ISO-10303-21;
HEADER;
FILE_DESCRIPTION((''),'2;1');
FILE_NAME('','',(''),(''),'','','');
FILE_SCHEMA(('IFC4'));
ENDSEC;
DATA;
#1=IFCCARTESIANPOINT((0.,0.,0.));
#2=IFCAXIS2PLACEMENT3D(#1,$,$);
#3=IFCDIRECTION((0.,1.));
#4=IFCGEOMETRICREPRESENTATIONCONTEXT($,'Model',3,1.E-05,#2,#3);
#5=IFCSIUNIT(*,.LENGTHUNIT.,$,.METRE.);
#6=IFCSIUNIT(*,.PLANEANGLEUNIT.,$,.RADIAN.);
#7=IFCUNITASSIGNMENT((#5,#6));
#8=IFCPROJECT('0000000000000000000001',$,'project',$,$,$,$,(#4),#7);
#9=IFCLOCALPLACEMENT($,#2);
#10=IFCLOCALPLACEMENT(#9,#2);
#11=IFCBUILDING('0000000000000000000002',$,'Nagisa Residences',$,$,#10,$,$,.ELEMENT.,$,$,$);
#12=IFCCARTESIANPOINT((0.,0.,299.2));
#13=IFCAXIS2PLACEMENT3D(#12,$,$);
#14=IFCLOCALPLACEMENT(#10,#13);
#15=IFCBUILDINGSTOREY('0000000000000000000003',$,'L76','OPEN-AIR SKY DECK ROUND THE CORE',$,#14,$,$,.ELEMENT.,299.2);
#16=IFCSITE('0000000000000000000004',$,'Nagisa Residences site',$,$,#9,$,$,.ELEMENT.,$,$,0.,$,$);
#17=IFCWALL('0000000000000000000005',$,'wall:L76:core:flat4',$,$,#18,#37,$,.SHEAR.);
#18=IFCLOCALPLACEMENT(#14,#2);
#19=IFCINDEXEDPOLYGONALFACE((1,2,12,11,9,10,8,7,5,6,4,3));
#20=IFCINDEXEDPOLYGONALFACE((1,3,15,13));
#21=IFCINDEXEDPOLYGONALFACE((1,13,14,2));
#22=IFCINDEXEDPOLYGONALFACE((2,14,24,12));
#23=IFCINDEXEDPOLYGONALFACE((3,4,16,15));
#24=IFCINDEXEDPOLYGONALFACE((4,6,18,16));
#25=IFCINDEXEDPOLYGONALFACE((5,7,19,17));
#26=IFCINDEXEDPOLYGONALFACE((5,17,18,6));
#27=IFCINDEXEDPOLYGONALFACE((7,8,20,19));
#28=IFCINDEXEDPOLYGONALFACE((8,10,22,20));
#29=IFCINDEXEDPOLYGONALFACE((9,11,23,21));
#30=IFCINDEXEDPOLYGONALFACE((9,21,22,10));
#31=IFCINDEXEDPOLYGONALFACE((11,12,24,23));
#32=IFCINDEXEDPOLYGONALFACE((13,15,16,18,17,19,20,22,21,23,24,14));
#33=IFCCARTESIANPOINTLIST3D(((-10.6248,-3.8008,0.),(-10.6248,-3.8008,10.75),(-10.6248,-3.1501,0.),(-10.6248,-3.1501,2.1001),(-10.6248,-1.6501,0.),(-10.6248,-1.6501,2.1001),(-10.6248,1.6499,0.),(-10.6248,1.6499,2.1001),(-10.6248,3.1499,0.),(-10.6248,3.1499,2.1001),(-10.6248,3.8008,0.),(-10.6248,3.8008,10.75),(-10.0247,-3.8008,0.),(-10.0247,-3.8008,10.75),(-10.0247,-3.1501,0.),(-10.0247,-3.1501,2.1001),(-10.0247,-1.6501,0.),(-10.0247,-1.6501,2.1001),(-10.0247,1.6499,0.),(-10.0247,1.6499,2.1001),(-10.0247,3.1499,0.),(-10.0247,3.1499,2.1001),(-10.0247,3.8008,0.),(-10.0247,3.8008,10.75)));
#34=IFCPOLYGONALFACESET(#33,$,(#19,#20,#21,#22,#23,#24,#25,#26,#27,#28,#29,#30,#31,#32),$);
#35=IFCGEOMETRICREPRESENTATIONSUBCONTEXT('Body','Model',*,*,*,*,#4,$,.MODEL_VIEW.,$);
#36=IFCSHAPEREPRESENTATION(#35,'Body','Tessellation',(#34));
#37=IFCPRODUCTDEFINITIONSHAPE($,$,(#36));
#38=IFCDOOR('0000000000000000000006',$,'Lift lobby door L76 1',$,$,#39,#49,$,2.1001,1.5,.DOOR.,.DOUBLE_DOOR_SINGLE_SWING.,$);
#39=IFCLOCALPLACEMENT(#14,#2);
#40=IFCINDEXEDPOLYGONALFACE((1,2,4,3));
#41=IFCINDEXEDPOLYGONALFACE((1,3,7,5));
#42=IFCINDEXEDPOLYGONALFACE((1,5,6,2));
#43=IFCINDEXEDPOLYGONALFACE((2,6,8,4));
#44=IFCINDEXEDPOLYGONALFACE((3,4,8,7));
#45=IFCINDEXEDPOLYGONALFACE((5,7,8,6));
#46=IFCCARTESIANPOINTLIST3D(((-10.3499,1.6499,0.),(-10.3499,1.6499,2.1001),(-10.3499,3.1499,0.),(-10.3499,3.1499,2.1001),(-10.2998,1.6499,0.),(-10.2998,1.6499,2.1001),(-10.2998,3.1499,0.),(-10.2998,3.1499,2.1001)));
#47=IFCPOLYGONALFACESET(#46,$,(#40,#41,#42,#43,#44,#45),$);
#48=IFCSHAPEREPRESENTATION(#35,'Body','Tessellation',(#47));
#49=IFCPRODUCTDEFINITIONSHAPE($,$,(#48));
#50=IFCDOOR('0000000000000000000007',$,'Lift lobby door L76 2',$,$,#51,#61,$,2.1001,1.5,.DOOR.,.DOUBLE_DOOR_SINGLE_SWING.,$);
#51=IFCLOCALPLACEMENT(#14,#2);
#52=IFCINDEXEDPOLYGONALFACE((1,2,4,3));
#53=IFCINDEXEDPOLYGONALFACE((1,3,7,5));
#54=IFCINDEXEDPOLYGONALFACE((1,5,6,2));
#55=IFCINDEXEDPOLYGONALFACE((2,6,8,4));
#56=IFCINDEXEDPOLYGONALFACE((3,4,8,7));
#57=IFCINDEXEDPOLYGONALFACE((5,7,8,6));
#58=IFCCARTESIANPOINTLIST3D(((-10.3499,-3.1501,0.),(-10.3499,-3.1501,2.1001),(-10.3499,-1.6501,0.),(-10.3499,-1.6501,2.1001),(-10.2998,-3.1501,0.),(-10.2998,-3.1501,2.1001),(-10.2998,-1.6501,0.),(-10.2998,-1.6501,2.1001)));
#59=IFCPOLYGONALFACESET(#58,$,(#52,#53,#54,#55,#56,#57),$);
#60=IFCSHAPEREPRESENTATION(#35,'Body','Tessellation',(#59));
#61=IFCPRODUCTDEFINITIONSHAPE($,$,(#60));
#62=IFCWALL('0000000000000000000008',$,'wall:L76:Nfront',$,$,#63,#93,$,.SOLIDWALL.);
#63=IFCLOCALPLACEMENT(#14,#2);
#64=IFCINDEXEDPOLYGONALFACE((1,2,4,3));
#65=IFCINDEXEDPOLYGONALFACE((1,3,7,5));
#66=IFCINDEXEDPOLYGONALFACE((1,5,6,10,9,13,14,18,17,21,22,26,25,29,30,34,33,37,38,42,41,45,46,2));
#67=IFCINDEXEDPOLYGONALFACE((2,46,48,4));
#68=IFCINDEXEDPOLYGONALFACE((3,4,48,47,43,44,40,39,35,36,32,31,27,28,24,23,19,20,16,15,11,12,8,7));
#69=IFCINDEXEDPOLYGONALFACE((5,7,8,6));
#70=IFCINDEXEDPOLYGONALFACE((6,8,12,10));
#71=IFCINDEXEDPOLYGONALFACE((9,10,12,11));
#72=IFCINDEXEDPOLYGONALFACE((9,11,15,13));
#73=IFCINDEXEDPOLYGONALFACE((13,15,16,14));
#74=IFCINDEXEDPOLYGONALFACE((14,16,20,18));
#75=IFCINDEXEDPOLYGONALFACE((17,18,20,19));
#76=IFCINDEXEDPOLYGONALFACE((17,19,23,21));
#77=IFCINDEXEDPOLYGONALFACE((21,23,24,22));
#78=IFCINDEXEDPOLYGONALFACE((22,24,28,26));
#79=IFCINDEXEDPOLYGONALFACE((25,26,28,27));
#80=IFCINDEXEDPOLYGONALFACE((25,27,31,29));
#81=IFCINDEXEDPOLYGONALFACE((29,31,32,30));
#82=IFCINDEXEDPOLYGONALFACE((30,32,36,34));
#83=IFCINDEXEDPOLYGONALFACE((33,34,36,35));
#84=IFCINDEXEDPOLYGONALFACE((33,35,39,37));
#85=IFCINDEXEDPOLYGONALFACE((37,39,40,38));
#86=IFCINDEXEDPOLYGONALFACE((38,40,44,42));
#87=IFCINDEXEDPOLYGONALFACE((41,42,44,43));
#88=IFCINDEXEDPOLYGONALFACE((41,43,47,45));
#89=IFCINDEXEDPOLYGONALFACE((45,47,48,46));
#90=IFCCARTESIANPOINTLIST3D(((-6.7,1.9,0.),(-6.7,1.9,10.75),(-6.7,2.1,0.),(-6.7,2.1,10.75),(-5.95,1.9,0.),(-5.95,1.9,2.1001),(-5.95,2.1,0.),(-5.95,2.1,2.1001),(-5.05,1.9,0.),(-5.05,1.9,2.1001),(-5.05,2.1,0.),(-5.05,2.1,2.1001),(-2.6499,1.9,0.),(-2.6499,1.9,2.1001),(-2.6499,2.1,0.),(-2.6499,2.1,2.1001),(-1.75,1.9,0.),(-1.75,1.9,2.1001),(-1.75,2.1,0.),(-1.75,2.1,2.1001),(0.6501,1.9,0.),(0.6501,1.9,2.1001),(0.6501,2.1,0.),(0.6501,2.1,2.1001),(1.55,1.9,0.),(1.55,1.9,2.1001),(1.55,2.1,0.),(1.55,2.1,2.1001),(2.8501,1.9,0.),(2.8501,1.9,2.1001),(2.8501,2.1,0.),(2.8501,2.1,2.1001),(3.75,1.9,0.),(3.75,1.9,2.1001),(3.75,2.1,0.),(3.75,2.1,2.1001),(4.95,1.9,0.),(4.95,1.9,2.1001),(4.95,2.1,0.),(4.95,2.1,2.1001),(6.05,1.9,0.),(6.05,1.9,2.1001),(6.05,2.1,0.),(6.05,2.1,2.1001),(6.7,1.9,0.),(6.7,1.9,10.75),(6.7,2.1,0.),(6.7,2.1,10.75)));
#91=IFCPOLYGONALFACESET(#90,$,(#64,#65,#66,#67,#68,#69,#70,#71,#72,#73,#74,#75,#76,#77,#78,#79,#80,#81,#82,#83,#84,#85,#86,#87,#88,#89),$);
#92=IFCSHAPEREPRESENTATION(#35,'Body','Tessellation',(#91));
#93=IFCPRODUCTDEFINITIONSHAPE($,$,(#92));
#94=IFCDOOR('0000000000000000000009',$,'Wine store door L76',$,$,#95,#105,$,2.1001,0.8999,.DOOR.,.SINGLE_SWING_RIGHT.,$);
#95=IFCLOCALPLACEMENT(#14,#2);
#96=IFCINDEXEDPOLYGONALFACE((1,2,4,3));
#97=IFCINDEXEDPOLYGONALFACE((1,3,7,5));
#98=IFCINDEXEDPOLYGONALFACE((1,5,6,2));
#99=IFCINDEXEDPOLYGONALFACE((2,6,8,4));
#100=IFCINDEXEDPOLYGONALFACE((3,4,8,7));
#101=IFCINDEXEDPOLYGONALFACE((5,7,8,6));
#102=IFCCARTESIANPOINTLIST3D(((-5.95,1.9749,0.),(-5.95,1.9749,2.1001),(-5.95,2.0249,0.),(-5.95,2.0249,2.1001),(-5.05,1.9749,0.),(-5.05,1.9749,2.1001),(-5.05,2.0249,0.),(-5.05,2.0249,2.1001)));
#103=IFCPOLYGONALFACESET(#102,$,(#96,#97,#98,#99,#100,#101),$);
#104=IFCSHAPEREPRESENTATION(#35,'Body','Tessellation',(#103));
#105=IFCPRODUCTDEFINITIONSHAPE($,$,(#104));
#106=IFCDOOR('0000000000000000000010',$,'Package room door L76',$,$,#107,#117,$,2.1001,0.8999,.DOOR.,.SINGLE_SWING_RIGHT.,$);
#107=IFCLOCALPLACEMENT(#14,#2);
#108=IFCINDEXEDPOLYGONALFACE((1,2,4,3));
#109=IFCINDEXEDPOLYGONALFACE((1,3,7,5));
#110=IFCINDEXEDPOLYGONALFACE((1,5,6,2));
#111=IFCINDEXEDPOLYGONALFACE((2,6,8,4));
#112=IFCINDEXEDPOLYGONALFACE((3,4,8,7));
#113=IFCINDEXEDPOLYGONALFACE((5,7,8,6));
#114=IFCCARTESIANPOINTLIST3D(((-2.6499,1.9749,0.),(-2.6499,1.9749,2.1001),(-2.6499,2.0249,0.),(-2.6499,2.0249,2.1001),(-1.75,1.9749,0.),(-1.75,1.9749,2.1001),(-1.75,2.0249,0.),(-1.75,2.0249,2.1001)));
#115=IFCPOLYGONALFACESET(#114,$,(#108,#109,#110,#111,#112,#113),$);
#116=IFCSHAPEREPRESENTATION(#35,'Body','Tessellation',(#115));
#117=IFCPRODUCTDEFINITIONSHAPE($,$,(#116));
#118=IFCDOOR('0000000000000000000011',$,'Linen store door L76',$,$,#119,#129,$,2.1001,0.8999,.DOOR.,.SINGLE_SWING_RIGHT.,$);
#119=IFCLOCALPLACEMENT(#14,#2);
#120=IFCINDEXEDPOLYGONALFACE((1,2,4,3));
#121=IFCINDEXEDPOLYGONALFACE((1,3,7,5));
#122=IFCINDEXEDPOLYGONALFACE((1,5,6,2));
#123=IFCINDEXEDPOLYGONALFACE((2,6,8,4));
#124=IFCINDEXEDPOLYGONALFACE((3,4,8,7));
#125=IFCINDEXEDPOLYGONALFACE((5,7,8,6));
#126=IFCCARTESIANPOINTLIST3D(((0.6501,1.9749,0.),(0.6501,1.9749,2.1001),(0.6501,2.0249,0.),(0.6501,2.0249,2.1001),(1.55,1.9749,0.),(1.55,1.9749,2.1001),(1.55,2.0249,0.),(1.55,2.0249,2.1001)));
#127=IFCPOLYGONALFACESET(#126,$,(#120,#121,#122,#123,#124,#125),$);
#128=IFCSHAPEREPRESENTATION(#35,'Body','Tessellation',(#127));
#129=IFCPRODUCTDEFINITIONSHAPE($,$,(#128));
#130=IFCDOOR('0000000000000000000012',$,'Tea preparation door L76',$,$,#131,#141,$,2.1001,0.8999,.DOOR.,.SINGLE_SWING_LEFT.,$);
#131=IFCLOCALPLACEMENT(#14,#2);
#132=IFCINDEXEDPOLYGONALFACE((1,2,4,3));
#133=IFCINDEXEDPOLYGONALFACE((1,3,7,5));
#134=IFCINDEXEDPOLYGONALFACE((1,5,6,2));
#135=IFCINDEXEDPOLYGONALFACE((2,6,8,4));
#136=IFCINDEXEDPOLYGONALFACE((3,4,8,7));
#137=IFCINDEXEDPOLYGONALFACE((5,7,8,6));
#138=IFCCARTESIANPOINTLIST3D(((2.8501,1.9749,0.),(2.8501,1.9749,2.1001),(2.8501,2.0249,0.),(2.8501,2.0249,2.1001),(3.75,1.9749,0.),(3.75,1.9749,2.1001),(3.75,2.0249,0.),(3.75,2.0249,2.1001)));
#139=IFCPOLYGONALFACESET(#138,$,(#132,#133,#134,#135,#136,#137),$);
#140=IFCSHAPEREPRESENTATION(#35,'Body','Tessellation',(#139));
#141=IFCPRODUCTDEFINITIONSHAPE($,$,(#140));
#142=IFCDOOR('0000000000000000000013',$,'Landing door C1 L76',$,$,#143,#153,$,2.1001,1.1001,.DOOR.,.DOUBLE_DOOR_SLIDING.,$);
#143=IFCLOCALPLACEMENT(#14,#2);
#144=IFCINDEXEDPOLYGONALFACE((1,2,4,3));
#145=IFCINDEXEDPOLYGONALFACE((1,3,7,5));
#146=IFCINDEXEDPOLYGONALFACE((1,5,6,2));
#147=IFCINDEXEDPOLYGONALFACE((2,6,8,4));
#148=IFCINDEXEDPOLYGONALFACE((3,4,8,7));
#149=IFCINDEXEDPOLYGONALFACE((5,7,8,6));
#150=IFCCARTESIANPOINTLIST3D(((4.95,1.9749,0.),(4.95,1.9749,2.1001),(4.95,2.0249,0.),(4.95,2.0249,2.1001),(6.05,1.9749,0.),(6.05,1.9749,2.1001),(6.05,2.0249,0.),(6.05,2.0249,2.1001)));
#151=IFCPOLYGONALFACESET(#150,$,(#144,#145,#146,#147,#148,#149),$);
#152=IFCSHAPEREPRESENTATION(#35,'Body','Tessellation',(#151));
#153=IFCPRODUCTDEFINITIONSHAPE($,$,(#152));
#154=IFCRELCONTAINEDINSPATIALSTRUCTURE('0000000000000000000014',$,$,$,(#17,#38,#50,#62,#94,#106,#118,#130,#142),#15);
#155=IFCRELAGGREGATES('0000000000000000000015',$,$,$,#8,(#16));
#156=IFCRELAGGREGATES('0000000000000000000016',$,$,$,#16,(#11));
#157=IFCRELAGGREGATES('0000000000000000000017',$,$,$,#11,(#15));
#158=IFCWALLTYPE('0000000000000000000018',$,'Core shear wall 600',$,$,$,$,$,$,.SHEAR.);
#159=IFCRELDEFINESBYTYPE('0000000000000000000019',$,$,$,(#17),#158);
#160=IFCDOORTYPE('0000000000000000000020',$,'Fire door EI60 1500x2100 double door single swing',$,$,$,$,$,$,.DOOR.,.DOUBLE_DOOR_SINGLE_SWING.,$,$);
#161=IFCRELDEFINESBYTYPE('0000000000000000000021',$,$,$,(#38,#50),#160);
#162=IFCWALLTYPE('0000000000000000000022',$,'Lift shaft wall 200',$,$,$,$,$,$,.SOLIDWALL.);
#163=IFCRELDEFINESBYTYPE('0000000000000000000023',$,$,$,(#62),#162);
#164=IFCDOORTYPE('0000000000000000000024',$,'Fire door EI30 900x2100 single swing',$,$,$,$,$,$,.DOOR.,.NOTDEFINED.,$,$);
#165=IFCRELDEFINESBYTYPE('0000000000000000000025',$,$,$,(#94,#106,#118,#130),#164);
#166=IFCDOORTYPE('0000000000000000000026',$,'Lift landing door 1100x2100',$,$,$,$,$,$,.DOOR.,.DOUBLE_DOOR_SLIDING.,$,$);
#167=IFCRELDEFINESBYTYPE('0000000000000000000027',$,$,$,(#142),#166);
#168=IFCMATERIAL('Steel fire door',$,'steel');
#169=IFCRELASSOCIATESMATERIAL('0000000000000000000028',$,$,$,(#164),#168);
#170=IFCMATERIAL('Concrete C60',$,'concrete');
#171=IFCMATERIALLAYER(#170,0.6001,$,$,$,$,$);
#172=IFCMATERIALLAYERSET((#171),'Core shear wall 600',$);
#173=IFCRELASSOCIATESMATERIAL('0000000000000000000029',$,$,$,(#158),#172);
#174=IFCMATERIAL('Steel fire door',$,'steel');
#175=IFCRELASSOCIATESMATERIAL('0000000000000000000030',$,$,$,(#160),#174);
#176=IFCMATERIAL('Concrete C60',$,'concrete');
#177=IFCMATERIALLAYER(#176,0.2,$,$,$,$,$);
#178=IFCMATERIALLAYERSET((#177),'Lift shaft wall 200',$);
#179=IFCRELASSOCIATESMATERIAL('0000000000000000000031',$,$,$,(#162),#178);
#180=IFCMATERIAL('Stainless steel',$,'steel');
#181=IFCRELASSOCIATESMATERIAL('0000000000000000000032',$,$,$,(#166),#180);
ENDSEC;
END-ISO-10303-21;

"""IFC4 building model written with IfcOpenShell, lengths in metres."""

from ifc_helpers import new_model, si_unit, direction, frame, frame_2d, origin, place, context, subcontext, project, spatial, rectangle, extrude, material, layer, layer_set, type_object, element, fill, save


model = new_model("IFC4")

# Units and contexts
model_context = context("Model", 3, precision=1e-05, world=origin(), true_north=direction((0.0, 1.0)))
body_context = subcontext(model_context, "Body", "Model", "MODEL_VIEW")
ifc_project = project(units=[si_unit("LENGTHUNIT", "METRE"), si_unit("PLANEANGLEUNIT", "RADIAN")], contexts=[model_context])

# Site, building, storey
site_placement = place(None, origin())
site = spatial("IfcSite", under=ifc_project, at=site_placement, Name="Nagisa Residences site", CompositionType="ELEMENT", RefElevation=0.0)
building_placement = place(site_placement, origin())
building = spatial("IfcBuilding", under=site, at=building_placement, Name="Nagisa Residences", CompositionType="ELEMENT")
storey_placement = place(building_placement, frame((0.0, 0.0, 299.2)))
storey = spatial("IfcBuildingStorey", under=building, at=storey_placement, Name="L76", Description="OPEN-AIR SKY DECK ROUND THE CORE", CompositionType="ELEMENT", Elevation=299.2)

# Shared definitions
ifc_material_1 = material(Name="Steel fire door", Category="steel")
door_type_1 = type_object("IfcDoorType", Name="Fire door EI30 900x2100 single swing", OperationType="NOTDEFINED", PredefinedType="DOOR", material=ifc_material_1)

# Walls, openings, doors
ifc_material_2 = material(Name="Concrete C60", Category="concrete")
ifc_layer_1 = layer(ifc_material_2, 0.6001)
ifc_layer_set_1 = layer_set([ifc_layer_1], Name="Core shear wall 600")
wall_type_1 = type_object("IfcWallType", Name="Core shear wall 600", PredefinedType="SHEAR", material=ifc_layer_set_1)
wall_1_placement = place(storey_placement, frame((-10.3247, 3.8008, 0.0), z_axis=(0.0, 0.0, 1.0), x_axis=(0.0, -1.0, 0.0)))
wall_1 = element("IfcWall", 1, at=wall_1_placement, inside=storey, type_object=wall_type_1, Name="wall:L76:core:flat4", PredefinedType="SHEAR", context=body_context, shape_type="SweptSolid", body=[
    extrude(rectangle(XDim=7.6016, YDim=0.6001, at=frame_2d((3.8008, 0.0))), origin(), (0.0, 0.0, 1.0), 10.75),
])
opening_1_placement = place(wall_1_placement, frame((0.6509, 0.0, 0.0)))
opening_1 = element("IfcOpeningElement", 2, at=opening_1_placement, cuts=wall_1, PredefinedType="OPENING", context=body_context, shape_type="SweptSolid", body=[
    extrude(rectangle(XDim=1.5, YDim=2.1001, at=frame_2d((0.75, 1.05))), frame((0.0, 0.3101, 0.0), z_axis=(0.0, -1.0, 0.0), x_axis=(1.0, 0.0, 0.0)), (0.0, 0.0, 1.0), 0.6201),
])
opening_2_placement = place(wall_1_placement, frame((5.4509, 0.0, 0.0)))
opening_2 = element("IfcOpeningElement", 3, at=opening_2_placement, cuts=wall_1, PredefinedType="OPENING", context=body_context, shape_type="SweptSolid", body=[
    extrude(rectangle(XDim=1.5, YDim=2.1001, at=frame_2d((0.75, 1.05))), frame((0.0, 0.3101, 0.0), z_axis=(0.0, -1.0, 0.0), x_axis=(1.0, 0.0, 0.0)), (0.0, 0.0, 1.0), 0.6201),
])
ifc_material_3 = material(Name="Steel fire door", Category="steel")
door_type_2 = type_object("IfcDoorType", Name="Fire door EI60 1500x2100 double door single swing", OperationType="DOUBLE_DOOR_SINGLE_SWING", PredefinedType="DOOR", material=ifc_material_3)
door_1_placement = place(opening_1_placement, origin())
door_1 = element("IfcDoor", 4, at=door_1_placement, inside=storey, type_object=door_type_2, Name="Lift lobby door L76 1", OperationType="DOUBLE_DOOR_SINGLE_SWING", OverallHeight=2.1001, OverallWidth=1.5, PredefinedType="DOOR", context=body_context, shape_type="SweptSolid", body=[
    extrude(rectangle(XDim=1.5, YDim=2.1001, at=frame_2d((0.75, 1.05))), frame((0.0, 0.0249, 0.0), z_axis=(0.0, -1.0, 0.0), x_axis=(1.0, 0.0, 0.0)), (0.0, 0.0, 1.0), 0.05),
])
fill(opening_1, door_1)
door_2_placement = place(opening_2_placement, origin())
door_2 = element("IfcDoor", 5, at=door_2_placement, inside=storey, type_object=door_type_2, Name="Lift lobby door L76 2", OperationType="DOUBLE_DOOR_SINGLE_SWING", OverallHeight=2.1001, OverallWidth=1.5, PredefinedType="DOOR", context=body_context, shape_type="SweptSolid", body=[
    extrude(rectangle(XDim=1.5, YDim=2.1001, at=frame_2d((0.75, 1.05))), frame((0.0, 0.0249, 0.0), z_axis=(0.0, -1.0, 0.0), x_axis=(1.0, 0.0, 0.0)), (0.0, 0.0, 1.0), 0.05),
])
fill(opening_2, door_2)
ifc_material_4 = material(Name="Concrete C60", Category="concrete")
ifc_layer_2 = layer(ifc_material_4, 0.2)
ifc_layer_set_2 = layer_set([ifc_layer_2], Name="Lift shaft wall 200")
wall_type_2 = type_object("IfcWallType", Name="Lift shaft wall 200", PredefinedType="SOLIDWALL", material=ifc_layer_set_2)
wall_2_placement = place(storey_placement, frame((-6.7, 2.0, 0.0), z_axis=(0.0, 0.0, 1.0), x_axis=(1.0, 0.0, 0.0)))
wall_2 = element("IfcWall", 6, at=wall_2_placement, inside=storey, type_object=wall_type_2, Name="wall:L76:Nfront", PredefinedType="SOLIDWALL", context=body_context, shape_type="SweptSolid", body=[
    extrude(rectangle(XDim=13.3999, YDim=0.2, at=frame_2d((6.7, 0.0))), origin(), (0.0, 0.0, 1.0), 10.75),
])
opening_3_placement = place(wall_2_placement, frame((11.6499, 0.0, 0.0)))
opening_3 = element("IfcOpeningElement", 7, at=opening_3_placement, cuts=wall_2, PredefinedType="OPENING", context=body_context, shape_type="SweptSolid", body=[
    extrude(rectangle(XDim=1.1001, YDim=2.1001, at=frame_2d((0.55, 1.05))), frame((0.0, 0.1099, 0.0), z_axis=(0.0, -1.0, 0.0), x_axis=(1.0, 0.0, 0.0)), (0.0, 0.0, 1.0), 0.22),
])
opening_4_placement = place(wall_2_placement, frame((0.75, 0.0, 0.0)))
opening_4 = element("IfcOpeningElement", 8, at=opening_4_placement, cuts=wall_2, PredefinedType="OPENING", context=body_context, shape_type="SweptSolid", body=[
    extrude(rectangle(XDim=0.8999, YDim=2.1001, at=frame_2d((0.45, 1.05))), frame((0.0, 0.1099, 0.0), z_axis=(0.0, -1.0, 0.0), x_axis=(1.0, 0.0, 0.0)), (0.0, 0.0, 1.0), 0.22),
])
opening_5_placement = place(wall_2_placement, frame((4.05, 0.0, 0.0)))
opening_5 = element("IfcOpeningElement", 9, at=opening_5_placement, cuts=wall_2, PredefinedType="OPENING", context=body_context, shape_type="SweptSolid", body=[
    extrude(rectangle(XDim=0.8999, YDim=2.1001, at=frame_2d((0.45, 1.05))), frame((0.0, 0.1099, 0.0), z_axis=(0.0, -1.0, 0.0), x_axis=(1.0, 0.0, 0.0)), (0.0, 0.0, 1.0), 0.22),
])
opening_6_placement = place(wall_2_placement, frame((7.3501, 0.0, 0.0)))
opening_6 = element("IfcOpeningElement", 10, at=opening_6_placement, cuts=wall_2, PredefinedType="OPENING", context=body_context, shape_type="SweptSolid", body=[
    extrude(rectangle(XDim=0.8999, YDim=2.1001, at=frame_2d((0.45, 1.05))), frame((0.0, 0.1099, 0.0), z_axis=(0.0, -1.0, 0.0), x_axis=(1.0, 0.0, 0.0)), (0.0, 0.0, 1.0), 0.22),
])
opening_7_placement = place(wall_2_placement, frame((9.55, 0.0, 0.0)))
opening_7 = element("IfcOpeningElement", 11, at=opening_7_placement, cuts=wall_2, PredefinedType="OPENING", context=body_context, shape_type="SweptSolid", body=[
    extrude(rectangle(XDim=0.8999, YDim=2.1001, at=frame_2d((0.45, 1.05))), frame((0.0, 0.1099, 0.0), z_axis=(0.0, -1.0, 0.0), x_axis=(1.0, 0.0, 0.0)), (0.0, 0.0, 1.0), 0.22),
])
door_3_placement = place(opening_4_placement, origin())
door_3 = element("IfcDoor", 12, at=door_3_placement, inside=storey, type_object=door_type_1, Name="Wine store door L76", OperationType="SINGLE_SWING_RIGHT", OverallHeight=2.1001, OverallWidth=0.8999, PredefinedType="DOOR", context=body_context, shape_type="SweptSolid", body=[
    extrude(rectangle(XDim=0.8999, YDim=2.1001, at=frame_2d((0.45, 1.05))), frame((0.0, 0.0249, 0.0), z_axis=(0.0, -1.0, 0.0), x_axis=(1.0, 0.0, 0.0)), (0.0, 0.0, 1.0), 0.05),
])
fill(opening_4, door_3)
door_4_placement = place(opening_5_placement, origin())
door_4 = element("IfcDoor", 13, at=door_4_placement, inside=storey, type_object=door_type_1, Name="Package room door L76", OperationType="SINGLE_SWING_RIGHT", OverallHeight=2.1001, OverallWidth=0.8999, PredefinedType="DOOR", context=body_context, shape_type="SweptSolid", body=[
    extrude(rectangle(XDim=0.8999, YDim=2.1001, at=frame_2d((0.45, 1.05))), frame((0.0, 0.0249, 0.0), z_axis=(0.0, -1.0, 0.0), x_axis=(1.0, 0.0, 0.0)), (0.0, 0.0, 1.0), 0.05),
])
fill(opening_5, door_4)
door_5_placement = place(opening_6_placement, origin())
door_5 = element("IfcDoor", 14, at=door_5_placement, inside=storey, type_object=door_type_1, Name="Linen store door L76", OperationType="SINGLE_SWING_RIGHT", OverallHeight=2.1001, OverallWidth=0.8999, PredefinedType="DOOR", context=body_context, shape_type="SweptSolid", body=[
    extrude(rectangle(XDim=0.8999, YDim=2.1001, at=frame_2d((0.45, 1.05))), frame((0.0, 0.0249, 0.0), z_axis=(0.0, -1.0, 0.0), x_axis=(1.0, 0.0, 0.0)), (0.0, 0.0, 1.0), 0.05),
])
fill(opening_6, door_5)
door_6_placement = place(opening_7_placement, origin())
door_6 = element("IfcDoor", 15, at=door_6_placement, inside=storey, type_object=door_type_1, Name="Tea preparation door L76", OperationType="SINGLE_SWING_LEFT", OverallHeight=2.1001, OverallWidth=0.8999, PredefinedType="DOOR", context=body_context, shape_type="SweptSolid", body=[
    extrude(rectangle(XDim=0.8999, YDim=2.1001, at=frame_2d((0.45, 1.05))), frame((0.0, 0.0249, 0.0), z_axis=(0.0, -1.0, 0.0), x_axis=(1.0, 0.0, 0.0)), (0.0, 0.0, 1.0), 0.05),
])
fill(opening_7, door_6)
ifc_material_5 = material(Name="Stainless steel", Category="steel")
door_type_3 = type_object("IfcDoorType", Name="Lift landing door 1100x2100", OperationType="DOUBLE_DOOR_SLIDING", PredefinedType="DOOR", material=ifc_material_5)
door_7_placement = place(opening_3_placement, origin())
door_7 = element("IfcDoor", 16, at=door_7_placement, inside=storey, type_object=door_type_3, Name="Landing door C1 L76", OperationType="DOUBLE_DOOR_SLIDING", OverallHeight=2.1001, OverallWidth=1.1001, PredefinedType="DOOR", context=body_context, shape_type="SweptSolid", body=[
    extrude(rectangle(XDim=1.1001, YDim=2.1001, at=frame_2d((0.55, 1.05))), frame((0.0, 0.0249, 0.0), z_axis=(0.0, -1.0, 0.0), x_axis=(1.0, 0.0, 0.0)), (0.0, 0.0, 1.0), 0.05),
])
fill(opening_3, door_7)

save(model, "model.ifc")
